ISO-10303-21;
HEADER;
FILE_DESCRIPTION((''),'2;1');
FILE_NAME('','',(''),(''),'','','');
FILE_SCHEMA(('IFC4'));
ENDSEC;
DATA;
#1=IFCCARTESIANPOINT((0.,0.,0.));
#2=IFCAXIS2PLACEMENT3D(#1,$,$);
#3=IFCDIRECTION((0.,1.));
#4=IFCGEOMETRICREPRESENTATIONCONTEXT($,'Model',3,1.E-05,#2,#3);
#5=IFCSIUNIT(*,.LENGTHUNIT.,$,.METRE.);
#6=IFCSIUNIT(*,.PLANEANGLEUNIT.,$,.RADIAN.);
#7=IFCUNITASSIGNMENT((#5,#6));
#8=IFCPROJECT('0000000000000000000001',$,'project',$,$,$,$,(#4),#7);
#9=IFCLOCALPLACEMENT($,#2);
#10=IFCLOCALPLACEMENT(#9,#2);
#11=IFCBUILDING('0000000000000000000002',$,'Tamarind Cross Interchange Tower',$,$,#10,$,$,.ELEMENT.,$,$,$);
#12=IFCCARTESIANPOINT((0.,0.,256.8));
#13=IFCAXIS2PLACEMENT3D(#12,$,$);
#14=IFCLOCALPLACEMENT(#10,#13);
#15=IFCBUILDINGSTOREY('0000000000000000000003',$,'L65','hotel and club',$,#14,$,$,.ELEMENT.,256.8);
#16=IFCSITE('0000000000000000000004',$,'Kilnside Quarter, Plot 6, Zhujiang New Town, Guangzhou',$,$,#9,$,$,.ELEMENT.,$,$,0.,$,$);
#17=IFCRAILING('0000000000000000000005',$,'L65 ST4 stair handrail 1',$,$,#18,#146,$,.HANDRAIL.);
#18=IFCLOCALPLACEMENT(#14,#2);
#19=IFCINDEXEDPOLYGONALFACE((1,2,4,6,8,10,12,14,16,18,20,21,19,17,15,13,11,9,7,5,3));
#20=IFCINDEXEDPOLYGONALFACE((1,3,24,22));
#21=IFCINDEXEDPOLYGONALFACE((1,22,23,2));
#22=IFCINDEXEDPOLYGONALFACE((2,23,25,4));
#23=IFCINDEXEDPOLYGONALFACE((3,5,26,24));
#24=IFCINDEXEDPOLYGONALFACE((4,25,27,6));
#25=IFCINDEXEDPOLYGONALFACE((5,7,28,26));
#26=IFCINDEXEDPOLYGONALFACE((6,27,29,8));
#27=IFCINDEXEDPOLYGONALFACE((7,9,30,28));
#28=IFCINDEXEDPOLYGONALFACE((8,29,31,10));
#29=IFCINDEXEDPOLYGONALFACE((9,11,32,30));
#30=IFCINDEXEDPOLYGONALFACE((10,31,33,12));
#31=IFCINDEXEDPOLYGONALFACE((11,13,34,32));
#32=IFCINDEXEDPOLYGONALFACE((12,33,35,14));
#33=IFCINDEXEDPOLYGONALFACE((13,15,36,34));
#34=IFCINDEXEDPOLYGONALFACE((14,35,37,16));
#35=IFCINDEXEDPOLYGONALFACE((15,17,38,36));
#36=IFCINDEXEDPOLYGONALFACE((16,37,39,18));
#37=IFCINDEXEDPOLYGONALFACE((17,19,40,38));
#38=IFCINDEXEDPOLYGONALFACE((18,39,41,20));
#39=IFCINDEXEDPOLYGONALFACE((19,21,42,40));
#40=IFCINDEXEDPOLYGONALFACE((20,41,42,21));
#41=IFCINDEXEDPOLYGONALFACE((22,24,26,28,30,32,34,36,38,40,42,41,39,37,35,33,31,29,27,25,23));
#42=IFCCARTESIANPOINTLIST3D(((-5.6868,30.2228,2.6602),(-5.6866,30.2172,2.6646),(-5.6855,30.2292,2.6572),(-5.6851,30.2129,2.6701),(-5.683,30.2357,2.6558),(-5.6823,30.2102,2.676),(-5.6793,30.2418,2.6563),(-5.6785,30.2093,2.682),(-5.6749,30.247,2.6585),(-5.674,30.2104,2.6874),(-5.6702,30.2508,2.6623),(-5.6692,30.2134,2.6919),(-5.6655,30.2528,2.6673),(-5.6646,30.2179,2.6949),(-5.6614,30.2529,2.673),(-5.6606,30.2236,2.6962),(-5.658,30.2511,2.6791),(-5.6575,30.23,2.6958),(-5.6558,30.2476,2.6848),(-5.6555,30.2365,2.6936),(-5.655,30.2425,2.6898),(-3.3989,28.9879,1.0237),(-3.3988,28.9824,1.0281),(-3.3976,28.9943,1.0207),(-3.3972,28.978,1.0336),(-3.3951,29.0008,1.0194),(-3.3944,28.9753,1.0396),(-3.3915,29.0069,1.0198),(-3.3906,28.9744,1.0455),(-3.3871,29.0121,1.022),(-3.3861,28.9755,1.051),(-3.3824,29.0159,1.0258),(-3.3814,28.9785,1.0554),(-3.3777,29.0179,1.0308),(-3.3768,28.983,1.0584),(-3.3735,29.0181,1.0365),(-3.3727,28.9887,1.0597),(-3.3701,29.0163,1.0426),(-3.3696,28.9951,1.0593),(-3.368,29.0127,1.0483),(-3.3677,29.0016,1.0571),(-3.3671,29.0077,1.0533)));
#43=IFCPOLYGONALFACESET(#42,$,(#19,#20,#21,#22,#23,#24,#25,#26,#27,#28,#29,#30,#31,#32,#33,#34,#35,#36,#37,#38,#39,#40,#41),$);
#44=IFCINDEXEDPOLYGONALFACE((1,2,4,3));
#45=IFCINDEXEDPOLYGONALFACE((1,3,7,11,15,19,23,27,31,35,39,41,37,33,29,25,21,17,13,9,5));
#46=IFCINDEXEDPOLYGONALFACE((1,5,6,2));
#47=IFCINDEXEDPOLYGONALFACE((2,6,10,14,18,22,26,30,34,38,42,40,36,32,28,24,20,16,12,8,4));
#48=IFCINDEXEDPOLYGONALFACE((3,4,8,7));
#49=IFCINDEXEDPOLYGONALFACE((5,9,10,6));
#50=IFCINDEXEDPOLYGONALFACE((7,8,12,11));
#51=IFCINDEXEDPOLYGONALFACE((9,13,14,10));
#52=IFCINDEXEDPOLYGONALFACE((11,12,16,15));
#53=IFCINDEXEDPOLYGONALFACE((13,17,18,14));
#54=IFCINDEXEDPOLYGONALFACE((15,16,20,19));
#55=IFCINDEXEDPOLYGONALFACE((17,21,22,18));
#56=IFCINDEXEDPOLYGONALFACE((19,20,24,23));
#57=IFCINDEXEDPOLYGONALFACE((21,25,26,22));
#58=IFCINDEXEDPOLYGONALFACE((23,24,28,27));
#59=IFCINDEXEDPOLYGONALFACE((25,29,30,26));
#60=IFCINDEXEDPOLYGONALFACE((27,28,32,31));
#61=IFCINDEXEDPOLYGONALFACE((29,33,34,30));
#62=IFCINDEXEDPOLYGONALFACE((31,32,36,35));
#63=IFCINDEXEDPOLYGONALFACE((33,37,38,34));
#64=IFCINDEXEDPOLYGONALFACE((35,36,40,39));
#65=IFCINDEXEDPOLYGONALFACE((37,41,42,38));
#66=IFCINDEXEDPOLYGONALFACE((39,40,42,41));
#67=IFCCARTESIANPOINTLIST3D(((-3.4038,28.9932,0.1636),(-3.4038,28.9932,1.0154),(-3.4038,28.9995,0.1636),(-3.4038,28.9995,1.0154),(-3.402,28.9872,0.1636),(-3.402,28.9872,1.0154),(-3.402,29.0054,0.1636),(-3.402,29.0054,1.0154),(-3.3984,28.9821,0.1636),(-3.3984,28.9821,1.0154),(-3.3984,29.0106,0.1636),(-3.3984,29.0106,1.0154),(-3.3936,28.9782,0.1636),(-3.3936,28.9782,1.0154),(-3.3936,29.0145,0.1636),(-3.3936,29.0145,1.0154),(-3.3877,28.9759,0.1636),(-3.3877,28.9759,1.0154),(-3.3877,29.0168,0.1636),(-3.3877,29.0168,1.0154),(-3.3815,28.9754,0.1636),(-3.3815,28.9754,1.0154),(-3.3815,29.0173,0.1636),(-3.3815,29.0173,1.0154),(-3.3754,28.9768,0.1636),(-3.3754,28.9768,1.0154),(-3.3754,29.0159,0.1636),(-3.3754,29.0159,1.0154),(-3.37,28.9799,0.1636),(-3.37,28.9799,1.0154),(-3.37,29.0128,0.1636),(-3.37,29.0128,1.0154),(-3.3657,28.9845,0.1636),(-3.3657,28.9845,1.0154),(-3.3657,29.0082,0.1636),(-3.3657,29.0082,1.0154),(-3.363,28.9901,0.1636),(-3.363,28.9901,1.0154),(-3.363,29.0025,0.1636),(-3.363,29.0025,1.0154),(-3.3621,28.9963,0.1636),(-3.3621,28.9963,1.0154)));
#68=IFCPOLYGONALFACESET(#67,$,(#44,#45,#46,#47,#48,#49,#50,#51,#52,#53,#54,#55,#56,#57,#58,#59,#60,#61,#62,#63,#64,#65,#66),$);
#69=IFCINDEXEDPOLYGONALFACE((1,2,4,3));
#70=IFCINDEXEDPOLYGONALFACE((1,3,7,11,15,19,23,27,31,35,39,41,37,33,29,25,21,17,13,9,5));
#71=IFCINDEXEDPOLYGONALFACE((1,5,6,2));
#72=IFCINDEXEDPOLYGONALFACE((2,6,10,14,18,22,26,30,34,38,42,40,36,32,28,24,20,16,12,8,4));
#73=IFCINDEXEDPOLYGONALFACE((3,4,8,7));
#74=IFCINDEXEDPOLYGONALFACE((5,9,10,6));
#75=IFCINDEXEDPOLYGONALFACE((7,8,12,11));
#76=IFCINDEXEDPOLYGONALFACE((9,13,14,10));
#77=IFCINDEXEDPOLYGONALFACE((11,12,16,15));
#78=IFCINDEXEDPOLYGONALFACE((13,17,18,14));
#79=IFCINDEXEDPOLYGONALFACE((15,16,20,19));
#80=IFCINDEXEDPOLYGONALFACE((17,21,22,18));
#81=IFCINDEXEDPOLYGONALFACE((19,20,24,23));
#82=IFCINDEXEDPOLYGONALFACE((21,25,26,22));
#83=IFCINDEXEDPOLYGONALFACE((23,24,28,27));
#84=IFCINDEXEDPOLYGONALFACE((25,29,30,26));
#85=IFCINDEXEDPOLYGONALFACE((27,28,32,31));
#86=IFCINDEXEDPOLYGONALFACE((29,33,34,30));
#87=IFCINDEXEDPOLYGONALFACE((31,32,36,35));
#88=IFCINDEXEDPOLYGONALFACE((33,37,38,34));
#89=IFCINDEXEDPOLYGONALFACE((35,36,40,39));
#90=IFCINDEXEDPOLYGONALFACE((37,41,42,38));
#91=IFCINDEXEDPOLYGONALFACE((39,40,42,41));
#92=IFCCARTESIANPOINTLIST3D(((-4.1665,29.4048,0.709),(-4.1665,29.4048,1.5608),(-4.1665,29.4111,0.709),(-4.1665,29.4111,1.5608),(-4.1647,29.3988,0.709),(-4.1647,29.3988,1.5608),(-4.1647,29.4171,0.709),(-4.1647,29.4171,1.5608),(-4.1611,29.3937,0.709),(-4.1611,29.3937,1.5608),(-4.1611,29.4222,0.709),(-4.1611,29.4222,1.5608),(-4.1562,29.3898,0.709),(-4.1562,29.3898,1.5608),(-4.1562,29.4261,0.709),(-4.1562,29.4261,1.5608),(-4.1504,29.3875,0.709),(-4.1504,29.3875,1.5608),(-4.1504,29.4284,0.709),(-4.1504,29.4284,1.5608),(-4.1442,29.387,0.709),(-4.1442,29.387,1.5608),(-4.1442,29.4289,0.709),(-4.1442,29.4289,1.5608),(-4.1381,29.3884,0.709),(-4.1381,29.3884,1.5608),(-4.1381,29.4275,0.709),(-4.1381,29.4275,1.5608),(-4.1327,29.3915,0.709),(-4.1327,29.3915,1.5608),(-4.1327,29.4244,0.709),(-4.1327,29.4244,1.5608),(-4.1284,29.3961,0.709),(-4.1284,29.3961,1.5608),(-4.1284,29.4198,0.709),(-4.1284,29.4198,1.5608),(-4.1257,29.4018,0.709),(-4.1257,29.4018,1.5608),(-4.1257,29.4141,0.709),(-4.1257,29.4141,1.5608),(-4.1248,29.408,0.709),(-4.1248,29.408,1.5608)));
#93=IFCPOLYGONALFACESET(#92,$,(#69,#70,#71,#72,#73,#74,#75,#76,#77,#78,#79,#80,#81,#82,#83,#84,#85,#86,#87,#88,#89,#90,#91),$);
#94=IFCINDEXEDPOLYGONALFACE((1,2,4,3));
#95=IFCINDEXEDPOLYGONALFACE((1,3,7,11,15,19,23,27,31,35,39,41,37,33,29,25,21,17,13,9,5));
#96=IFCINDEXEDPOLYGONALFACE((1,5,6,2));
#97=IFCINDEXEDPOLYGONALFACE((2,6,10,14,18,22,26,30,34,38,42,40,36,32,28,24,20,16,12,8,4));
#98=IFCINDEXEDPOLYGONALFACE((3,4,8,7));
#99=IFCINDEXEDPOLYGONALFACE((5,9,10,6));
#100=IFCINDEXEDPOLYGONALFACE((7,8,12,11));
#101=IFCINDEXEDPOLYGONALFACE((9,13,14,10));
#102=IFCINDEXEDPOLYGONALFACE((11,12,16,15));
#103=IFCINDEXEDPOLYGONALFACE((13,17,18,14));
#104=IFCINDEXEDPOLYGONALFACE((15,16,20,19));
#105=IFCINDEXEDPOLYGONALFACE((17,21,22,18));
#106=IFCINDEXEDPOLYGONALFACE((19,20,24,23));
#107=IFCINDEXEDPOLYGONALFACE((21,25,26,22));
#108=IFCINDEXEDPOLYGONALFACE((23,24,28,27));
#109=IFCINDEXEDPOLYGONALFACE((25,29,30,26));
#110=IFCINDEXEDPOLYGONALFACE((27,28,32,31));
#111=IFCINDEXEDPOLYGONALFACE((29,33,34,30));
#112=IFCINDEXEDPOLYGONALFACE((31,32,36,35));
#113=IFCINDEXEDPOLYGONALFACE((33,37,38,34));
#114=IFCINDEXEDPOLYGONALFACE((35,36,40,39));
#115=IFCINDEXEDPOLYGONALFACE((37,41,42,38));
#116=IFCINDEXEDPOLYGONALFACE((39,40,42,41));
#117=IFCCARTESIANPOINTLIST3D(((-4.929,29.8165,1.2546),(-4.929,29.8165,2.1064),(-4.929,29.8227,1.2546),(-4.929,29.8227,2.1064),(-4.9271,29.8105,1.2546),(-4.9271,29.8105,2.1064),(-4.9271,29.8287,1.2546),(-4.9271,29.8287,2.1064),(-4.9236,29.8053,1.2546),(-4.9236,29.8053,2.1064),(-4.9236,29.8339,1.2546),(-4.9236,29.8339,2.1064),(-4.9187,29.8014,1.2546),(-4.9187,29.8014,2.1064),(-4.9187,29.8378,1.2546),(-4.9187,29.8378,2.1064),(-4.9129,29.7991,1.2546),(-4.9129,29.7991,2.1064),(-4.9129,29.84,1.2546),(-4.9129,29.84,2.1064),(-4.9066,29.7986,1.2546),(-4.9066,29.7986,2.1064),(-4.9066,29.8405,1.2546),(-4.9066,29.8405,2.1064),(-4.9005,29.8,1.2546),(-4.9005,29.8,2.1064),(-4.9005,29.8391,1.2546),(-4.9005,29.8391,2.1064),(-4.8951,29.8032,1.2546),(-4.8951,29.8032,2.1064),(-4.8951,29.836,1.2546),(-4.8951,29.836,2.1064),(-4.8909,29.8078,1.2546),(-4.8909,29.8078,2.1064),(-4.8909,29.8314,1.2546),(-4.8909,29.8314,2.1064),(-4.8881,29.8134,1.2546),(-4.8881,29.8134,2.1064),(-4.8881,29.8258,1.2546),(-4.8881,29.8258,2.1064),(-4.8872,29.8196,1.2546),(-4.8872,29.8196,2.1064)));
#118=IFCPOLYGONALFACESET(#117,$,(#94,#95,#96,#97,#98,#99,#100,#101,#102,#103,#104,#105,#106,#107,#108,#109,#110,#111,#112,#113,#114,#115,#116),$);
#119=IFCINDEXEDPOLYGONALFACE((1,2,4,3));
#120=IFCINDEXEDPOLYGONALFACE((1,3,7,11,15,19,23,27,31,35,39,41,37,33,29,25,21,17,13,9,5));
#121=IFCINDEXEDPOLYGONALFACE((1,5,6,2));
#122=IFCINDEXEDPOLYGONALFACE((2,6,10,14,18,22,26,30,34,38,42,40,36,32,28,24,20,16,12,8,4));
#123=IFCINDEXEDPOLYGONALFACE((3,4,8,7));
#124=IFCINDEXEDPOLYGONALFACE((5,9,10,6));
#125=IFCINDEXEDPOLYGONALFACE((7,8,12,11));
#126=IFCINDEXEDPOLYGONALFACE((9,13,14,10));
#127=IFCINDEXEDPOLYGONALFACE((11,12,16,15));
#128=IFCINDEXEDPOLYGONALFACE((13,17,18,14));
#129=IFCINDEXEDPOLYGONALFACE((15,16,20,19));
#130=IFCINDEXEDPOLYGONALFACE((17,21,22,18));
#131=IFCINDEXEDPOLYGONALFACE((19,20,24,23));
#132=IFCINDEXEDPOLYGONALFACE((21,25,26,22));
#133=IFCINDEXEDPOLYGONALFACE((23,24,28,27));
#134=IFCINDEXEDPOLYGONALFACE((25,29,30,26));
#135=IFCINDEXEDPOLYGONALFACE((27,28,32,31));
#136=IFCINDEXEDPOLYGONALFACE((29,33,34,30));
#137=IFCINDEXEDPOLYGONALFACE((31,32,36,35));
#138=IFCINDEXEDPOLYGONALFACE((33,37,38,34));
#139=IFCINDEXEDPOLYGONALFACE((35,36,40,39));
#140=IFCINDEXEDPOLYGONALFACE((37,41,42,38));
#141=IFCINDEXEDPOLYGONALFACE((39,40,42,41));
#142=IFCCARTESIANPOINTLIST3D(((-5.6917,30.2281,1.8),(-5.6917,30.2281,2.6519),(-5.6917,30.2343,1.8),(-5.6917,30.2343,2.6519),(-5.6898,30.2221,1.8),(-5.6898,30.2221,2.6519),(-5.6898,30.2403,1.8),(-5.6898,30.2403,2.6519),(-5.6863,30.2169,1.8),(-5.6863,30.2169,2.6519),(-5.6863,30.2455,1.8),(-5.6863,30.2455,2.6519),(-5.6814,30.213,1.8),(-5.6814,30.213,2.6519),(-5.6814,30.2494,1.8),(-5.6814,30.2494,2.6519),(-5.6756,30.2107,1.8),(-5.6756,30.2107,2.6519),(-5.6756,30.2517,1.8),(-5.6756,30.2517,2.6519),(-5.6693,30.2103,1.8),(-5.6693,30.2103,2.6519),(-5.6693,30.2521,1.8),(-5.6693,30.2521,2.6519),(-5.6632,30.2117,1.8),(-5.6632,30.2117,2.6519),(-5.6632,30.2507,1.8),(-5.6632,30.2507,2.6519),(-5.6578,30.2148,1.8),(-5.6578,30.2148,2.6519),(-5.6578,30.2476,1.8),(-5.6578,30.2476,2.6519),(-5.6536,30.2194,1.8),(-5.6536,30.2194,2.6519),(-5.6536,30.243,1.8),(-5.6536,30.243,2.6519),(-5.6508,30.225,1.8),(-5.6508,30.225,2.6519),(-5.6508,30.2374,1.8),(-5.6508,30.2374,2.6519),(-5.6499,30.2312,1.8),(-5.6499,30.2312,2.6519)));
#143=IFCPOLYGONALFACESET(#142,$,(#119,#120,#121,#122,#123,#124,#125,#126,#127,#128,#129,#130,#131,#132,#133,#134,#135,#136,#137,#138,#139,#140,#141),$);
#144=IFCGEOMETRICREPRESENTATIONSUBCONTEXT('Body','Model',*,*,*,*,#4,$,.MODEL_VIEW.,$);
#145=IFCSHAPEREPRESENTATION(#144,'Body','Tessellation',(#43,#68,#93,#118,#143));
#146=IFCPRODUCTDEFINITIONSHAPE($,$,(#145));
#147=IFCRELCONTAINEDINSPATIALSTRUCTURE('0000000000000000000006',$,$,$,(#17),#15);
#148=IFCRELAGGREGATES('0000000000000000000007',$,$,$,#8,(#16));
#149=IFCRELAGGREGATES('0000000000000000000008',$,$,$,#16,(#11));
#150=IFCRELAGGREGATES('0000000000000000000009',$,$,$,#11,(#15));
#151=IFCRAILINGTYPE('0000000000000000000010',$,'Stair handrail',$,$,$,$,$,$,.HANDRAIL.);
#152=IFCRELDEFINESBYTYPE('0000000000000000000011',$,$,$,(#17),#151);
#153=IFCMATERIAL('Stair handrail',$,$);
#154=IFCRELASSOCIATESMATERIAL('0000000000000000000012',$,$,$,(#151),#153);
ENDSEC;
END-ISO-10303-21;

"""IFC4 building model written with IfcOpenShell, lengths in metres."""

from ifc_helpers import new_model, si_unit, direction, frame, origin, origin_2d, place, context, subcontext, project, spatial, circle, extrude, material, type_object, element, save


model = new_model("IFC4")

# Units and contexts
model_context = context("Model", 3, precision=1e-05, world=origin(), true_north=direction((0.0, 1.0)))
body_context = subcontext(model_context, "Body", "Model", "MODEL_VIEW")
ifc_project = project(units=[si_unit("LENGTHUNIT", "METRE"), si_unit("PLANEANGLEUNIT", "RADIAN")], contexts=[model_context])

# Site, building, storey
site_placement = place(None, origin())
site = spatial("IfcSite", under=ifc_project, at=site_placement, Name="Kilnside Quarter, Plot 6, Zhujiang New Town, Guangzhou", CompositionType="ELEMENT", RefElevation=0.0)
building_placement = place(site_placement, origin())
building = spatial("IfcBuilding", under=site, at=building_placement, Name="Tamarind Cross Interchange Tower", CompositionType="ELEMENT")
storey_placement = place(building_placement, frame((0.0, 0.0, 256.8)))
storey = spatial("IfcBuildingStorey", under=building, at=storey_placement, Name="L65", Description="hotel and club", CompositionType="ELEMENT", Elevation=256.8)

# Railing
ifc_material_1 = material(Name="Stair handrail")
railing_type_1 = type_object("IfcRailingType", Name="Stair handrail", PredefinedType="HANDRAIL", material=ifc_material_1)
railing_1_placement = place(storey_placement, frame((-3.3831, 28.9963, 0.1636)))
element("IfcRailing", 1, at=railing_1_placement, inside=storey, type_object=railing_type_1, Name="L65 ST4 stair handrail 1", PredefinedType="HANDRAIL", context=body_context, shape_type="SweptSolid", body=[
    extrude(circle(Radius=0.0239, at=origin_2d()), frame((0.0, 0.0, 0.876), z_axis=(-0.744741, 0.401974, 0.532707), x_axis=(-0.474979, -0.879997, 0.0)), (0.0, 0.0, 1.0), 3.072),
    extrude(circle(Radius=0.021, at=origin_2d()), origin(), (0.0, 0.0, 1.0), 0.8518),
    extrude(circle(Radius=0.021, at=origin_2d()), frame((-0.7627, 0.4116, 0.5454)), (0.0, 0.0, 1.0), 0.8518),
    extrude(circle(Radius=0.021, at=origin_2d()), frame((-1.5251, 0.8232, 1.0911)), (0.0, 0.0, 1.0), 0.8518),
    extrude(circle(Radius=0.021, at=origin_2d()), frame((-2.2878, 1.2349, 1.6365)), (0.0, 0.0, 1.0), 0.8518),
])

save(model, "model.ifc")
